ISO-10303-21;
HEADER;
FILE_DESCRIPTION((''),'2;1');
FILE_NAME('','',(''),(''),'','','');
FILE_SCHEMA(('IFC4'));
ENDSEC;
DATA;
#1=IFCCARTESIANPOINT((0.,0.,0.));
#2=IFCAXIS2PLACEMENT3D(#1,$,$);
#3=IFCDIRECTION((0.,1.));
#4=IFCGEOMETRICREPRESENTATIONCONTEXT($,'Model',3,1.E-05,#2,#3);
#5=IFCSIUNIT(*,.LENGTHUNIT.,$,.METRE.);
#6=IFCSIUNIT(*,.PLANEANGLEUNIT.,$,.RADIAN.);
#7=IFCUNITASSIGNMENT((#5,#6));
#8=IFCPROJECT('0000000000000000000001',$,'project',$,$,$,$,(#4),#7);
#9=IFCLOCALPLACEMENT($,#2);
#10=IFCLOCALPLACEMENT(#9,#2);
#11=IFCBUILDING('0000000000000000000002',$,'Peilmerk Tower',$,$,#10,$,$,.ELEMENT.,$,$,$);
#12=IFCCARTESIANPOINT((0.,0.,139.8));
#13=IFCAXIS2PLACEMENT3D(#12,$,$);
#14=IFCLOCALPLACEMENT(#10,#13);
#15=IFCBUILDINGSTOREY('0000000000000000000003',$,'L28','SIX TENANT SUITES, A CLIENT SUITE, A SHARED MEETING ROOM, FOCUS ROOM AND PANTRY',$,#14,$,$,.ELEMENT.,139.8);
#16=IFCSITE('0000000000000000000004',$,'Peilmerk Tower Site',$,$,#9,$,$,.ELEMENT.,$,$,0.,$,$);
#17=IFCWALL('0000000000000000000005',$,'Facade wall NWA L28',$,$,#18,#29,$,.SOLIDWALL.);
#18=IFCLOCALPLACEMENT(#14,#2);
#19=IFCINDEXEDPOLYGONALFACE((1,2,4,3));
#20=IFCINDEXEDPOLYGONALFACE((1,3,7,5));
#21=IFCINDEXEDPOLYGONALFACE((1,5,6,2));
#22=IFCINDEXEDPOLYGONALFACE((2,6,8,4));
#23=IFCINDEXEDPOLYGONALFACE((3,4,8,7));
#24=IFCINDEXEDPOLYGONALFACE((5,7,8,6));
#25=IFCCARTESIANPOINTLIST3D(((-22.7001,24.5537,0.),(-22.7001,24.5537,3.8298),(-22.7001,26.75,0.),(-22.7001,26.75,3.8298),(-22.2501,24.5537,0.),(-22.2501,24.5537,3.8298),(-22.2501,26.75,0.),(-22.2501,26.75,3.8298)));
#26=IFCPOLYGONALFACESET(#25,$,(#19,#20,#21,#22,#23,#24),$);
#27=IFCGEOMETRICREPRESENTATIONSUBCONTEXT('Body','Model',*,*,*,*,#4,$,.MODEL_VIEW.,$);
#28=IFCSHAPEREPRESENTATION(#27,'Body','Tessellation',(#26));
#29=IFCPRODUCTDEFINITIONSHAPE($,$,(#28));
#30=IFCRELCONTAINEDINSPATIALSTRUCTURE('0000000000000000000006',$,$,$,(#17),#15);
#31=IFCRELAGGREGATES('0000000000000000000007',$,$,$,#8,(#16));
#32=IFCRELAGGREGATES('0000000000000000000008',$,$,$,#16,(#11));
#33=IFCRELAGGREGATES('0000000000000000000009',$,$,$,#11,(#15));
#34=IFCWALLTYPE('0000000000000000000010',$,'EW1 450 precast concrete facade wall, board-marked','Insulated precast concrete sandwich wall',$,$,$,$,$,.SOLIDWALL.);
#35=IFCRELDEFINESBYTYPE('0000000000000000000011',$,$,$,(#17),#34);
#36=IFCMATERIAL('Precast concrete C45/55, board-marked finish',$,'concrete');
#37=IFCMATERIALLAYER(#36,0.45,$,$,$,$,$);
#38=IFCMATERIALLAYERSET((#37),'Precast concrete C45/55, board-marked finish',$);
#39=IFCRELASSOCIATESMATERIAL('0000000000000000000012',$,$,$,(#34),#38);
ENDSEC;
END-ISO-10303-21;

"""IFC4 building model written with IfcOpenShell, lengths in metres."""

from ifc_helpers import new_model, si_unit, direction, frame, frame_2d, origin, place, context, subcontext, project, spatial, rectangle, extrude, material, layer, layer_set, type_object, element, save


model = new_model("IFC4")

# Units and contexts
model_context = context("Model", 3, precision=1e-05, world=origin(), true_north=direction((0.0, 1.0)))
body_context = subcontext(model_context, "Body", "Model", "MODEL_VIEW")
ifc_project = project(units=[si_unit("LENGTHUNIT", "METRE"), si_unit("PLANEANGLEUNIT", "RADIAN")], contexts=[model_context])

# Site, building, storey
site_placement = place(None, origin())
site = spatial("IfcSite", under=ifc_project, at=site_placement, Name="Peilmerk Tower Site", CompositionType="ELEMENT", RefElevation=0.0)
building_placement = place(site_placement, origin())
building = spatial("IfcBuilding", under=site, at=building_placement, Name="Peilmerk Tower", CompositionType="ELEMENT")
storey_placement = place(building_placement, frame((0.0, 0.0, 139.8)))
storey = spatial("IfcBuildingStorey", under=building, at=storey_placement, Name="L28", Description="SIX TENANT SUITES, A CLIENT SUITE, A SHARED MEETING ROOM, FOCUS ROOM AND PANTRY", CompositionType="ELEMENT", Elevation=139.8)

# Wall
ifc_material_1 = material(Name="Precast concrete C45/55, board-marked finish", Category="concrete")
ifc_layer_1 = layer(ifc_material_1, 0.45)
ifc_layer_set_1 = layer_set([ifc_layer_1], Name="Precast concrete C45/55, board-marked finish")
wall_type = type_object("IfcWallType", Name="EW1 450 precast concrete facade wall, board-marked", Description="Insulated precast concrete sandwich wall", PredefinedType="SOLIDWALL", material=ifc_layer_set_1)
wall_placement = place(storey_placement, frame((-22.4751, 24.5537, 0.0), z_axis=(0.0, 0.0, 1.0), x_axis=(0.0, 1.0, 0.0)))
element("IfcWall", 1, at=wall_placement, inside=storey, type_object=wall_type, Name="Facade wall NWA L28", PredefinedType="SOLIDWALL", context=body_context, shape_type="SweptSolid", body=[
    extrude(rectangle(XDim=2.1963, YDim=0.45, at=frame_2d((1.0981, 0.0))), origin(), (0.0, 0.0, 1.0), 3.8298),
])

save(model, "model.ifc")
